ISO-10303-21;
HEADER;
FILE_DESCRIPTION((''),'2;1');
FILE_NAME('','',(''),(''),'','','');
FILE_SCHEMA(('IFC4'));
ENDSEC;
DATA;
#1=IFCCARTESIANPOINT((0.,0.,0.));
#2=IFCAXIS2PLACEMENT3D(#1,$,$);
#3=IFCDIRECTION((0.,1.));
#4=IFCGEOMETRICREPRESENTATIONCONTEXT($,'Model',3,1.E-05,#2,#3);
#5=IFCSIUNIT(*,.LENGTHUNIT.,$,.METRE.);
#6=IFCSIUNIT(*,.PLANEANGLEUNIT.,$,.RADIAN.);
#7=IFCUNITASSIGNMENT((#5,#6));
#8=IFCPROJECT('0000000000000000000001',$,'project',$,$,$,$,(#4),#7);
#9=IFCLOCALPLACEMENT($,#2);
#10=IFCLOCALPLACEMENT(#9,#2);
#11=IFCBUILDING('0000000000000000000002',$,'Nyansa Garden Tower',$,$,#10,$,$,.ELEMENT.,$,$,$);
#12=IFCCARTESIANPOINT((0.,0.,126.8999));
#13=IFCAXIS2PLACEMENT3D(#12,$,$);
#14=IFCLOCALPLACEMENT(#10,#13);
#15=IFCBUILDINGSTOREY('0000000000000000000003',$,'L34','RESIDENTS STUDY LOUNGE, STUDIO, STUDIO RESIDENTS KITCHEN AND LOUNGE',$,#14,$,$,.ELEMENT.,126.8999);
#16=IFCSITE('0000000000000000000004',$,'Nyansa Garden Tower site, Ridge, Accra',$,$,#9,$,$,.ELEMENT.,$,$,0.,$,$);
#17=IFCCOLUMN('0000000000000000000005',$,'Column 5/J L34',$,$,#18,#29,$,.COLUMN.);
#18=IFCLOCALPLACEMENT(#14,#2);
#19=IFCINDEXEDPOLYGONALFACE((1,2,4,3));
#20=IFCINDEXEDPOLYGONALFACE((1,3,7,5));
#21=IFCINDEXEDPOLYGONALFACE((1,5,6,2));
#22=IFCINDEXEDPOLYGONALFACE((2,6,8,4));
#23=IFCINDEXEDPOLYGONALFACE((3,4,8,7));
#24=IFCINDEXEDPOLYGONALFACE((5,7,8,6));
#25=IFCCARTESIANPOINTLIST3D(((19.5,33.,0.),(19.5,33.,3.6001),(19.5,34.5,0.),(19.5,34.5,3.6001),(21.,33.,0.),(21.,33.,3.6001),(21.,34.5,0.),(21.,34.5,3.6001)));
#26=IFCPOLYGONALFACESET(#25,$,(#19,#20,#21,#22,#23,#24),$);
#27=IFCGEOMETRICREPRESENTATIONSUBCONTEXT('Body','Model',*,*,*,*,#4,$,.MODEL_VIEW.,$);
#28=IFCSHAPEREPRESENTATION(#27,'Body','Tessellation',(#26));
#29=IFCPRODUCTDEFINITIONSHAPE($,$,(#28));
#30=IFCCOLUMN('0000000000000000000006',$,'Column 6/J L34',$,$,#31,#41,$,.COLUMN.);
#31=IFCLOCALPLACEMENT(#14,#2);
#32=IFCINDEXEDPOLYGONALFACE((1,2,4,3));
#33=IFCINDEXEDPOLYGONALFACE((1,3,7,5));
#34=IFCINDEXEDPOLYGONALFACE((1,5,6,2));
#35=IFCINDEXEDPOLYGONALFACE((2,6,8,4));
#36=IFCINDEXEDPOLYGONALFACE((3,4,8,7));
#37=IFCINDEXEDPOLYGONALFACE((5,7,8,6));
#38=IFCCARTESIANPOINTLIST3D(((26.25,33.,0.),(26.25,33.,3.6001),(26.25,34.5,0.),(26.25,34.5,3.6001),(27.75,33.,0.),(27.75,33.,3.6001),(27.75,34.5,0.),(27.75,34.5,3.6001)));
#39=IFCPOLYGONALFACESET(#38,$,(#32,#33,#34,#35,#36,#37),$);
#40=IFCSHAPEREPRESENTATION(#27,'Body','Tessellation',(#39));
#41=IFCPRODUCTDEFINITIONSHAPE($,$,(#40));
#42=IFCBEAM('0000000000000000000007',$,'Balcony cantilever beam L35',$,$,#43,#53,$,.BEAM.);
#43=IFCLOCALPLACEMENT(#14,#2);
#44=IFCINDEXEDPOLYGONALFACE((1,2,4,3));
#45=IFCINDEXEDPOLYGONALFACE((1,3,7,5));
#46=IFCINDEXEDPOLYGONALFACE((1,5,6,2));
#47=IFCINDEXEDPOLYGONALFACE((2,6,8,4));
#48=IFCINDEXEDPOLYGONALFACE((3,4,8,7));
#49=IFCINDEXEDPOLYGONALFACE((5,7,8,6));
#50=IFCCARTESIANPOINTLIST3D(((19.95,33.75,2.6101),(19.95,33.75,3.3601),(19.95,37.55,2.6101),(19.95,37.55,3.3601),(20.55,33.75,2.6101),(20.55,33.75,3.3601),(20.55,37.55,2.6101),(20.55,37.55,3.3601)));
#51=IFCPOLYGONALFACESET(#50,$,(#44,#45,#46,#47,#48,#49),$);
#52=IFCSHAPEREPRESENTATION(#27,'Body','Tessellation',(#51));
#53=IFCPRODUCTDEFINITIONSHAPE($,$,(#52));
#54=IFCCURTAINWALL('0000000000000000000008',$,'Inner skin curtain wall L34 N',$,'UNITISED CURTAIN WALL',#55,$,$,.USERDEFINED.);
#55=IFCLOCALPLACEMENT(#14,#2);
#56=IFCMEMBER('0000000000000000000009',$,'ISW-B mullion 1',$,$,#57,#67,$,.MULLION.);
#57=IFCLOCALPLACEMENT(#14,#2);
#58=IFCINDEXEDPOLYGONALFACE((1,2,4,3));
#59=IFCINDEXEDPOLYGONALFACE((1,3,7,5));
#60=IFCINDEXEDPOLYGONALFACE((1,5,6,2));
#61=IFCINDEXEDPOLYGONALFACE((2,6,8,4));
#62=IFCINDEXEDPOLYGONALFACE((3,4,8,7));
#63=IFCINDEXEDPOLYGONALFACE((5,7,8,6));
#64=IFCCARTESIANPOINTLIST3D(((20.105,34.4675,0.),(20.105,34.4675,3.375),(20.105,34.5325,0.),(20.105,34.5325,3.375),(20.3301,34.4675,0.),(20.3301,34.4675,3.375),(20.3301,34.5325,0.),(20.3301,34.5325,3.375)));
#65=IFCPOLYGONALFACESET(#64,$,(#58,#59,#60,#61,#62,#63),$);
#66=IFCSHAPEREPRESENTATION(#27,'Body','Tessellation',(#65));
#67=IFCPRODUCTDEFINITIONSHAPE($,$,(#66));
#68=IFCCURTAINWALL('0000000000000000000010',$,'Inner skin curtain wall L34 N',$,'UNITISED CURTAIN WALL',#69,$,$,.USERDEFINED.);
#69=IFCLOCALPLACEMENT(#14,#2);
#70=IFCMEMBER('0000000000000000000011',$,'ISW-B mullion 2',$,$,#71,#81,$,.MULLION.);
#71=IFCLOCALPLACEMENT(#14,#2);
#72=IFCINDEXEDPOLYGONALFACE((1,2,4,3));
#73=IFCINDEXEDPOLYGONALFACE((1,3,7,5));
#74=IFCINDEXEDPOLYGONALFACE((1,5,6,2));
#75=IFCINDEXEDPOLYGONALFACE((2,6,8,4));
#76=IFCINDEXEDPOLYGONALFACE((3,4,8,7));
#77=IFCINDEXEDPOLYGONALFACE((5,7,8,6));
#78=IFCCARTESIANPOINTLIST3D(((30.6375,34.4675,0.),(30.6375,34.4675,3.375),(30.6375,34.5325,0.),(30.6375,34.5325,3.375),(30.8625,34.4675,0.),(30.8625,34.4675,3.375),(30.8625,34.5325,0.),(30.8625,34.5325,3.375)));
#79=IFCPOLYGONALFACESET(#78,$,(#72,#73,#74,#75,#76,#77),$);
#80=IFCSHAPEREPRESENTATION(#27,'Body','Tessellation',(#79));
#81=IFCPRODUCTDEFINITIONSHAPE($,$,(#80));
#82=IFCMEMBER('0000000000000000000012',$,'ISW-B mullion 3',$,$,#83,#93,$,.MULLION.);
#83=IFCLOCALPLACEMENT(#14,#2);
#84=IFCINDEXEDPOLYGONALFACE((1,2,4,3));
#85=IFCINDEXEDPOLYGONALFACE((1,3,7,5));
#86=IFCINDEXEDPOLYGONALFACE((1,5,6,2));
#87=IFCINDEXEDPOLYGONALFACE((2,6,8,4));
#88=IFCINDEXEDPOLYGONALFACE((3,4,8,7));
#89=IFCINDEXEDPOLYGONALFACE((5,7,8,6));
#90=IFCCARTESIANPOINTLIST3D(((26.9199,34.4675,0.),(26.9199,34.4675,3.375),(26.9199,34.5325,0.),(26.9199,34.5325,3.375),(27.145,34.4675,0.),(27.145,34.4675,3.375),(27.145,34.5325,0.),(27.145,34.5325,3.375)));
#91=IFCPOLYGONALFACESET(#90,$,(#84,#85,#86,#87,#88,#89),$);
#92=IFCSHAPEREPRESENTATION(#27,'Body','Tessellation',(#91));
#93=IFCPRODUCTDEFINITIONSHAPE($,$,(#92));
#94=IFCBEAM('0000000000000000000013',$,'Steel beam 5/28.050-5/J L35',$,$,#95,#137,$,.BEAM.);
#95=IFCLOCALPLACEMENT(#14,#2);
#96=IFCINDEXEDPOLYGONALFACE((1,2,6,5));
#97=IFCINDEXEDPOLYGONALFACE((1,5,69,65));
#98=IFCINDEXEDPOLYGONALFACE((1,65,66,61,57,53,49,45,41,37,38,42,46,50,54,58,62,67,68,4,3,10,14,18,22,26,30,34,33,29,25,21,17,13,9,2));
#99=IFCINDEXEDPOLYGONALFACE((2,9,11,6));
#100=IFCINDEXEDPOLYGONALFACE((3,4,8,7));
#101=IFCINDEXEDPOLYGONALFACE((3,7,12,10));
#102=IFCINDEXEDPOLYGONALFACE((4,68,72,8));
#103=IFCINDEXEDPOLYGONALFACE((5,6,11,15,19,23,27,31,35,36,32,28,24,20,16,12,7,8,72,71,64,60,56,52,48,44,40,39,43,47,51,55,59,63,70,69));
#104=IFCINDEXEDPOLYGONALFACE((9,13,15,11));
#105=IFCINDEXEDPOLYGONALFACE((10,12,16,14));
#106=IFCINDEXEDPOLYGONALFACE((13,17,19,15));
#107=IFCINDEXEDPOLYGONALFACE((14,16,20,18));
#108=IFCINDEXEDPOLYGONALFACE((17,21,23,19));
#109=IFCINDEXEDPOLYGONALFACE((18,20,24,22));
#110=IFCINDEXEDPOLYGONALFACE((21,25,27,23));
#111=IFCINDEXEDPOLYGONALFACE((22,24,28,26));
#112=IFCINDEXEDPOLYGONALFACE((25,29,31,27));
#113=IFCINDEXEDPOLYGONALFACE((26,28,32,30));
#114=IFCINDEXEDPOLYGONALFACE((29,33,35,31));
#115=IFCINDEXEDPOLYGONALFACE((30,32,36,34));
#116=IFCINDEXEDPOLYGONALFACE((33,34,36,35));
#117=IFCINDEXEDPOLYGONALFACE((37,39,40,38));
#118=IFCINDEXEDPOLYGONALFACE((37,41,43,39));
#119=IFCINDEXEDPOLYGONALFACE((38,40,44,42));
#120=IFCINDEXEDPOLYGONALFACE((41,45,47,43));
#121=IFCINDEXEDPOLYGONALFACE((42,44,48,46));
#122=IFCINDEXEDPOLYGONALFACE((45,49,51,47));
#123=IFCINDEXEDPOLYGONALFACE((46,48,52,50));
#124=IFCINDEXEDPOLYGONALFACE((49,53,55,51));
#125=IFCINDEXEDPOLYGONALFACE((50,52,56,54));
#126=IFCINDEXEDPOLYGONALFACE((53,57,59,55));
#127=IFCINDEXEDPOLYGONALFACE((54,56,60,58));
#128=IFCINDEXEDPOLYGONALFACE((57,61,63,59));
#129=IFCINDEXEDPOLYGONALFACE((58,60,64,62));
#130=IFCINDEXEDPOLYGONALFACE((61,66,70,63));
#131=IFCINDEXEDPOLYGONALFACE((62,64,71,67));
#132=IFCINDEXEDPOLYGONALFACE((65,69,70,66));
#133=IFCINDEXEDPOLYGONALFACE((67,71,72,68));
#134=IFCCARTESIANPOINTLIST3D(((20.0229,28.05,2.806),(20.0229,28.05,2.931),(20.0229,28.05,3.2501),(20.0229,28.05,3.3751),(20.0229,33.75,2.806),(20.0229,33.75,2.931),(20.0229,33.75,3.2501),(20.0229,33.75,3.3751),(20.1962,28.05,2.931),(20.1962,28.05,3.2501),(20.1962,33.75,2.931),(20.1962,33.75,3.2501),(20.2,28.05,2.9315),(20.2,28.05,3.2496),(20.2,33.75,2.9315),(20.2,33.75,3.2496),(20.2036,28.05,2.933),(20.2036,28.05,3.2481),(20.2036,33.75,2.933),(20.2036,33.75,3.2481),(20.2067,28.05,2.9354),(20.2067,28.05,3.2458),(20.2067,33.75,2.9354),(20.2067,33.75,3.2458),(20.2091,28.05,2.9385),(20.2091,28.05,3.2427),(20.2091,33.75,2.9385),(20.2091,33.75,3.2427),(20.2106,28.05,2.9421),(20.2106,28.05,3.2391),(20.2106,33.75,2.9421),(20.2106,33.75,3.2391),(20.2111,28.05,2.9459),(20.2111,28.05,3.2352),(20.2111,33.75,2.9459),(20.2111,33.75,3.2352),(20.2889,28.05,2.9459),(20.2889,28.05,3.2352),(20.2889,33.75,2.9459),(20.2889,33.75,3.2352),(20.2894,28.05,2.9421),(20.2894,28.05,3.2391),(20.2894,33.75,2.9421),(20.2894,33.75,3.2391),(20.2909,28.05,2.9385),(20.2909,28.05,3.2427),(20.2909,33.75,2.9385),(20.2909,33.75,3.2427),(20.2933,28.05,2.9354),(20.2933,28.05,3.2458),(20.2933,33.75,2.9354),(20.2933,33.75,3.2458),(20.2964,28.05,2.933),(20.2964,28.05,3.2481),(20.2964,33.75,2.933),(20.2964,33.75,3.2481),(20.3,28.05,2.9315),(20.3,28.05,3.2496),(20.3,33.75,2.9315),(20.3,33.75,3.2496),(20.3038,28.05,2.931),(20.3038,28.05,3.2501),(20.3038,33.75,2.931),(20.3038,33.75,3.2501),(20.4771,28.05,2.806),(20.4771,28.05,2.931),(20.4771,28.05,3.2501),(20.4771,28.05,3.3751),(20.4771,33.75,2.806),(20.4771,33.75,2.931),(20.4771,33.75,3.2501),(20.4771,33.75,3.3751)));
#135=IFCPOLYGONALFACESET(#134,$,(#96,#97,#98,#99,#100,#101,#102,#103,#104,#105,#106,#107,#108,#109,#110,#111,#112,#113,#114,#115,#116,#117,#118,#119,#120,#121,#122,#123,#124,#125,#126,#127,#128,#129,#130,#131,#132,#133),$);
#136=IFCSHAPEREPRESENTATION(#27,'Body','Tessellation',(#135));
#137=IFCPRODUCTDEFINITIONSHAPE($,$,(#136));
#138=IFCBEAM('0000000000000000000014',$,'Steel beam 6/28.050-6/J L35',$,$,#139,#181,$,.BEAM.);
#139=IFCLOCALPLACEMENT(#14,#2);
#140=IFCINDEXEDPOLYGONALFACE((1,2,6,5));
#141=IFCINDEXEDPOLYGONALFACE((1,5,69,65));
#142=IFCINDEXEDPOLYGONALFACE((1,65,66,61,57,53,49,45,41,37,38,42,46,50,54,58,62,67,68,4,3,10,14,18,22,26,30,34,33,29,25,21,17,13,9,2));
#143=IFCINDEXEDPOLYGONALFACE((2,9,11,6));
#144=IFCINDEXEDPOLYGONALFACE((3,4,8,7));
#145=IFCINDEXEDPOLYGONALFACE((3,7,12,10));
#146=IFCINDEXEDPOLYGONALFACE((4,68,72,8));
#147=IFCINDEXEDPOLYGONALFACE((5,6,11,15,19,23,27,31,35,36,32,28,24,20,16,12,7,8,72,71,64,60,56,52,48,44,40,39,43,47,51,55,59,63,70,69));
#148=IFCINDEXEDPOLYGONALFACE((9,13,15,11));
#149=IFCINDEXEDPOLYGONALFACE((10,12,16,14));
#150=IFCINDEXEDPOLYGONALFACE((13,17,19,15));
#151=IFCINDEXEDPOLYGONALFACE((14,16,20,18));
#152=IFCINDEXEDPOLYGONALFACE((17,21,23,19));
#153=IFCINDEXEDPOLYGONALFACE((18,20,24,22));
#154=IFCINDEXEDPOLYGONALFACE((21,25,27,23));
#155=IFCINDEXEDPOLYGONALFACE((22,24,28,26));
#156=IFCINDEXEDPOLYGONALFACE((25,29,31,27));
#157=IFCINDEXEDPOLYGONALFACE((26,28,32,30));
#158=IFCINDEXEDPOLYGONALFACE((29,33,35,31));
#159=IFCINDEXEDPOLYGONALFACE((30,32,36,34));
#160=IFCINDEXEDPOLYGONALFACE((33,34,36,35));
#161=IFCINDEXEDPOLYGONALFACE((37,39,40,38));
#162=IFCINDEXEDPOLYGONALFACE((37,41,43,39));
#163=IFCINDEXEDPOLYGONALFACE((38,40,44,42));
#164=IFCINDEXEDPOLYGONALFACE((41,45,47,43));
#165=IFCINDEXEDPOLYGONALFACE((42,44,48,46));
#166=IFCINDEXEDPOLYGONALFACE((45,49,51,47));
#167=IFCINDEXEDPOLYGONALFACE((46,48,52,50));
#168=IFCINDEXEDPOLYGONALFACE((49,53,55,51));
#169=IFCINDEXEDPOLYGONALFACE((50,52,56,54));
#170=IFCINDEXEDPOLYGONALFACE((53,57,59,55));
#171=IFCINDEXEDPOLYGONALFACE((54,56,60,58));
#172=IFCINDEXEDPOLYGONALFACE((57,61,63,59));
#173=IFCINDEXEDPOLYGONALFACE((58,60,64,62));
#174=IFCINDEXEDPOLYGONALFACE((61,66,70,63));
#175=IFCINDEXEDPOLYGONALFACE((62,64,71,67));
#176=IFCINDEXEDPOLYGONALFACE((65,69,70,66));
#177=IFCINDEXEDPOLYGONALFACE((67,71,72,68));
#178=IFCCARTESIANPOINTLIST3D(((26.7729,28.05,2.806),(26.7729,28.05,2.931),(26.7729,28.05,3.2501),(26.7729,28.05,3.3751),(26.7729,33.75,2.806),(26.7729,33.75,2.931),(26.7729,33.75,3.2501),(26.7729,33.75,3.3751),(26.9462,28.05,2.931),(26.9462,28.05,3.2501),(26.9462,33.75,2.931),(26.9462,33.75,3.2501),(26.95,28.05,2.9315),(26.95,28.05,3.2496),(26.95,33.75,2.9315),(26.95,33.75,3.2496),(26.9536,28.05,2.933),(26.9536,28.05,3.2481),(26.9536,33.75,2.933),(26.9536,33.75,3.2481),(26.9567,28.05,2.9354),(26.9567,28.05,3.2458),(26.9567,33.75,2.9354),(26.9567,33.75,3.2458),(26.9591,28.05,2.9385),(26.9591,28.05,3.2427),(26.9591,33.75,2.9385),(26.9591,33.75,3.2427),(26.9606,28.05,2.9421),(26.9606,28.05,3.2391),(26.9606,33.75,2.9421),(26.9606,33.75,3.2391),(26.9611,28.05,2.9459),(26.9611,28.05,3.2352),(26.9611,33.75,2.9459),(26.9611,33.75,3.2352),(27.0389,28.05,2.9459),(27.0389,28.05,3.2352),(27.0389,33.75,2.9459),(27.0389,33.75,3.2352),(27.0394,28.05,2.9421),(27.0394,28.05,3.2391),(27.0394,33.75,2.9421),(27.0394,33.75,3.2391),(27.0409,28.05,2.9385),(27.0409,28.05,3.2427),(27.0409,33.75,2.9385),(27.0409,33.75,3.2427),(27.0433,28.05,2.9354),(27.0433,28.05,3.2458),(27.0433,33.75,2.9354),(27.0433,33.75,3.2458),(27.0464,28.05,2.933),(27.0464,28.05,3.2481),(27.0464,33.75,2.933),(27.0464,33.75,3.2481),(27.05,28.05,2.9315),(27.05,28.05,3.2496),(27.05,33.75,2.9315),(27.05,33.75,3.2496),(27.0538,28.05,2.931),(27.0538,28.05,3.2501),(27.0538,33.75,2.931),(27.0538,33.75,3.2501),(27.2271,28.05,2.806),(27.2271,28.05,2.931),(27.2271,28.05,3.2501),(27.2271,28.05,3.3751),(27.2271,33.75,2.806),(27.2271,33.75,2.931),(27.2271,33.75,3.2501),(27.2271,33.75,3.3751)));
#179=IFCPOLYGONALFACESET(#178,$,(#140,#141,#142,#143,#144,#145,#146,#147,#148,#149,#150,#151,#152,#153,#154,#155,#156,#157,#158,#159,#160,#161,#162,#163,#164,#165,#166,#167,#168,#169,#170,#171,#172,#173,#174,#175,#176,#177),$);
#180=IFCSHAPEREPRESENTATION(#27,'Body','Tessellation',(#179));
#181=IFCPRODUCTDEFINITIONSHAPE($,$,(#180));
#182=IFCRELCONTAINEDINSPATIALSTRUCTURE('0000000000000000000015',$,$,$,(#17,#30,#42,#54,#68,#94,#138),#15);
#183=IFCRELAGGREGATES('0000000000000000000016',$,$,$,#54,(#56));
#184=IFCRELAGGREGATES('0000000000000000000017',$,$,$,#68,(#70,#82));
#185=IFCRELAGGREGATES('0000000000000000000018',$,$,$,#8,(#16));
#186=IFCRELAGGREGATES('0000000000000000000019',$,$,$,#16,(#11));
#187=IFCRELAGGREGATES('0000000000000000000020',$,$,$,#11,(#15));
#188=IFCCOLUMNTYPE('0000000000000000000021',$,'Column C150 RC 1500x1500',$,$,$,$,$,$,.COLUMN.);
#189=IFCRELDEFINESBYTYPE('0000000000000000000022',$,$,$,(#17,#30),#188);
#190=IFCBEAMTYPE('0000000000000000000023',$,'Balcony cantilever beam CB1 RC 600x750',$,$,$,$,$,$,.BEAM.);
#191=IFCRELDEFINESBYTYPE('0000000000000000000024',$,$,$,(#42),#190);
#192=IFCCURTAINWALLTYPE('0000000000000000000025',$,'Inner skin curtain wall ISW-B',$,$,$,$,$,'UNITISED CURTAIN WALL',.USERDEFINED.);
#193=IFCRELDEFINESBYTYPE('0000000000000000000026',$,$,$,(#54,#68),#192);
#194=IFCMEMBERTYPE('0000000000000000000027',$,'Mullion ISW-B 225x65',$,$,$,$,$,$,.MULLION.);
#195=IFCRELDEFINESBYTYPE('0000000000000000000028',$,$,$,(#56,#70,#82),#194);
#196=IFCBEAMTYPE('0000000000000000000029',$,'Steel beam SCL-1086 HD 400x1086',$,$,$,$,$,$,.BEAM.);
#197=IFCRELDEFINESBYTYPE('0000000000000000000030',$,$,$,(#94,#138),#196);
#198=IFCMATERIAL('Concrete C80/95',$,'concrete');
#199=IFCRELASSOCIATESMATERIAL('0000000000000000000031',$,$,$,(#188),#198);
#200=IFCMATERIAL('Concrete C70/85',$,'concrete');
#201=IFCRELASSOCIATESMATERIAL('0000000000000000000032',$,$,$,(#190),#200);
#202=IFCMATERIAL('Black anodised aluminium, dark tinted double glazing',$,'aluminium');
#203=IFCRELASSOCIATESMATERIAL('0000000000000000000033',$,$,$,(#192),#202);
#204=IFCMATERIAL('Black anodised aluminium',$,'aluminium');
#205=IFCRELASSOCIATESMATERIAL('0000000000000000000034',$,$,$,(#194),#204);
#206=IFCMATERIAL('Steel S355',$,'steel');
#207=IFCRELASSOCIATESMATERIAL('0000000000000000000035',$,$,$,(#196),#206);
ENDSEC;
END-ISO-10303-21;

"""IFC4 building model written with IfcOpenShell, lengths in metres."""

from ifc_helpers import new_model, si_unit, direction, frame, origin, origin_2d, place, context, subcontext, project, spatial, rectangle, i_section, extrude, material, material_profile, profile_set, type_object, element, aggregate, save


model = new_model("IFC4")

# Units and contexts
model_context = context("Model", 3, precision=1e-05, world=origin(), true_north=direction((0.0, 1.0)))
body_context = subcontext(model_context, "Body", "Model", "MODEL_VIEW")
ifc_project = project(units=[si_unit("LENGTHUNIT", "METRE"), si_unit("PLANEANGLEUNIT", "RADIAN")], contexts=[model_context])

# Site, building, storey
site_placement = place(None, origin())
site = spatial("IfcSite", under=ifc_project, at=site_placement, Name="Nyansa Garden Tower site, Ridge, Accra", CompositionType="ELEMENT", RefElevation=0.0)
building_placement = place(site_placement, origin())
building = spatial("IfcBuilding", under=site, at=building_placement, Name="Nyansa Garden Tower", CompositionType="ELEMENT")
storey_placement = place(building_placement, frame((0.0, 0.0, 126.8999)))
storey = spatial("IfcBuildingStorey", under=building, at=storey_placement, Name="L34", Description="RESIDENTS STUDY LOUNGE, STUDIO, STUDIO RESIDENTS KITCHEN AND LOUNGE", CompositionType="ELEMENT", Elevation=126.8999)

# Columns
ifc_material_1 = material(Name="Concrete C80/95", Category="concrete")
ifc_material_profile_1 = material_profile(ifc_material_1, rectangle(XDim=1.5, YDim=1.5, at=origin_2d()), Name="RC 1500x1500")
ifc_profile_set_1 = profile_set([ifc_material_profile_1], Name="Concrete C80/95")
column_type = type_object("IfcColumnType", Name="Column C150 RC 1500x1500", PredefinedType="COLUMN", material=ifc_profile_set_1)
for number, where, z_axis, x_axis, name in (
    (1, (20.25, 33.75, 0.0), (0.0, 0.0, 1.0), (1.0, 0.0, 0.0), "Column 5/J L34"),
    (2, (27.0, 33.75, 0.0), (0.0, 0.0, 1.0), (1.0, 0.0, 0.0), "Column 6/J L34"),
):
    element("IfcColumn", number, at=place(storey_placement, frame(where, z_axis=z_axis, x_axis=x_axis)), inside=storey, type_object=column_type, Name=name, PredefinedType="COLUMN", context=body_context, shape_type="SweptSolid", body=[
        extrude(rectangle(XDim=1.5, YDim=1.5, at=origin_2d()), origin(), (0.0, 0.0, 1.0), 3.6001),
    ])

# Beam
ifc_material_2 = material(Name="Concrete C70/85", Category="concrete")
ifc_material_profile_2 = material_profile(ifc_material_2, rectangle(XDim=0.6001, YDim=0.75, at=origin_2d()), Name="RC 600x750")
ifc_profile_set_2 = profile_set([ifc_material_profile_2], Name="Concrete C70/85")
beam_type_1 = type_object("IfcBeamType", Name="Balcony cantilever beam CB1 RC 600x750", PredefinedType="BEAM", material=ifc_profile_set_2)
beam_placement = place(storey_placement, frame((20.25, 33.75, 2.9851), z_axis=(0.0, 1.0, 0.0), x_axis=(-1.0, 0.0, 0.0)))
element("IfcBeam", 3, at=beam_placement, inside=storey, type_object=beam_type_1, Name="Balcony cantilever beam L35", PredefinedType="BEAM", context=body_context, shape_type="SweptSolid", body=[
    extrude(rectangle(XDim=0.6001, YDim=0.75, at=origin_2d()), origin(), (0.0, 0.0, 1.0), 3.8),
])

# Curtain wall, member
ifc_material_3 = material(Name="Black anodised aluminium, dark tinted double glazing", Category="aluminium")
curtain_wall_type = type_object("IfcCurtainWallType", Name="Inner skin curtain wall ISW-B", ElementType="UNITISED CURTAIN WALL", PredefinedType="USERDEFINED", material=ifc_material_3)
curtain_wall_1_placement = place(storey_placement, origin())
curtain_wall_1 = element("IfcCurtainWall", 4, at=curtain_wall_1_placement, inside=storey, type_object=curtain_wall_type, Name="Inner skin curtain wall L34 N", ObjectType="UNITISED CURTAIN WALL", PredefinedType="USERDEFINED")
ifc_material_4 = material(Name="Black anodised aluminium", Category="aluminium")
ifc_material_profile_3 = material_profile(ifc_material_4, rectangle(XDim=0.0649, YDim=0.2251, at=origin_2d()), Name="Mullion 225x65")
ifc_profile_set_3 = profile_set([ifc_material_profile_3], Name="Black anodised aluminium")
member_type_1 = type_object("IfcMemberType", Name="Mullion ISW-B 225x65", PredefinedType="MULLION", material=ifc_profile_set_3)
member_1_placement = place(storey_placement, frame((20.2175, 34.5, 0.0), z_axis=(0.0, 0.0, 1.0), x_axis=(0.0, -1.0, 0.0)))
member_1 = element("IfcMember", 5, at=member_1_placement, type_object=member_type_1, Name="ISW-B mullion 1", PredefinedType="MULLION", context=body_context, shape_type="SweptSolid", body=[
    extrude(rectangle(XDim=0.0649, YDim=0.2251, at=origin_2d()), origin(), (0.0, 0.0, 1.0), 3.375),
])

# Curtain wall, members
curtain_wall_2_placement = place(storey_placement, origin())
curtain_wall_2 = element("IfcCurtainWall", 6, at=curtain_wall_2_placement, inside=storey, type_object=curtain_wall_type, Name="Inner skin curtain wall L34 N", ObjectType="UNITISED CURTAIN WALL", PredefinedType="USERDEFINED")
member_2_placement = place(storey_placement, frame((30.75, 34.5, 0.0), z_axis=(0.0, 0.0, 1.0), x_axis=(0.0, -1.0, 0.0)))
member_2 = element("IfcMember", 7, at=member_2_placement, type_object=member_type_1, Name="ISW-B mullion 2", PredefinedType="MULLION", context=body_context, shape_type="SweptSolid", body=[
    extrude(rectangle(XDim=0.0649, YDim=0.2251, at=origin_2d()), origin(), (0.0, 0.0, 1.0), 3.375),
])
member_3_placement = place(storey_placement, frame((27.0325, 34.5, 0.0), z_axis=(0.0, 0.0, 1.0), x_axis=(0.0, -1.0, 0.0)))
member_3 = element("IfcMember", 8, at=member_3_placement, type_object=member_type_1, Name="ISW-B mullion 3", PredefinedType="MULLION", context=body_context, shape_type="SweptSolid", body=[
    extrude(rectangle(XDim=0.0649, YDim=0.2251, at=origin_2d()), origin(), (0.0, 0.0, 1.0), 3.375),
])

# Beams
ifc_material_5 = material(Name="Steel S355", Category="steel")
ifc_material_profile_4 = material_profile(ifc_material_5, i_section(OverallWidth=0.4541, OverallDepth=0.5691, WebThickness=0.0779, FlangeThickness=0.125, FilletRadius=0.0149, at=origin_2d()), Name="HD 400x1086")
ifc_profile_set_4 = profile_set([ifc_material_profile_4], Name="Steel S355")
beam_type_2 = type_object("IfcBeamType", Name="Steel beam SCL-1086 HD 400x1086", PredefinedType="BEAM", material=ifc_profile_set_4)
for number, where, z_axis, x_axis, name in (
    (9, (20.25, 28.05, 3.0906), (0.0, 1.0, 0.0), (-1.0, 0.0, 0.0), "Steel beam 5/28.050-5/J L35"),
    (10, (27.0, 28.05, 3.0906), (0.0, 1.0, 0.0), (-1.0, 0.0, 0.0), "Steel beam 6/28.050-6/J L35"),
):
    element("IfcBeam", number, at=place(storey_placement, frame(where, z_axis=z_axis, x_axis=x_axis)), inside=storey, type_object=beam_type_2, Name=name, PredefinedType="BEAM", context=body_context, shape_type="SweptSolid", body=[
        extrude(i_section(OverallWidth=0.4541, OverallDepth=0.5691, WebThickness=0.0779, FlangeThickness=0.125, FilletRadius=0.0149, at=origin_2d()), origin(), (0.0, 0.0, 1.0), 5.7),
    ])

aggregate(curtain_wall_1, [member_1])

aggregate(curtain_wall_2, [member_2, member_3])

save(model, "model.ifc")
